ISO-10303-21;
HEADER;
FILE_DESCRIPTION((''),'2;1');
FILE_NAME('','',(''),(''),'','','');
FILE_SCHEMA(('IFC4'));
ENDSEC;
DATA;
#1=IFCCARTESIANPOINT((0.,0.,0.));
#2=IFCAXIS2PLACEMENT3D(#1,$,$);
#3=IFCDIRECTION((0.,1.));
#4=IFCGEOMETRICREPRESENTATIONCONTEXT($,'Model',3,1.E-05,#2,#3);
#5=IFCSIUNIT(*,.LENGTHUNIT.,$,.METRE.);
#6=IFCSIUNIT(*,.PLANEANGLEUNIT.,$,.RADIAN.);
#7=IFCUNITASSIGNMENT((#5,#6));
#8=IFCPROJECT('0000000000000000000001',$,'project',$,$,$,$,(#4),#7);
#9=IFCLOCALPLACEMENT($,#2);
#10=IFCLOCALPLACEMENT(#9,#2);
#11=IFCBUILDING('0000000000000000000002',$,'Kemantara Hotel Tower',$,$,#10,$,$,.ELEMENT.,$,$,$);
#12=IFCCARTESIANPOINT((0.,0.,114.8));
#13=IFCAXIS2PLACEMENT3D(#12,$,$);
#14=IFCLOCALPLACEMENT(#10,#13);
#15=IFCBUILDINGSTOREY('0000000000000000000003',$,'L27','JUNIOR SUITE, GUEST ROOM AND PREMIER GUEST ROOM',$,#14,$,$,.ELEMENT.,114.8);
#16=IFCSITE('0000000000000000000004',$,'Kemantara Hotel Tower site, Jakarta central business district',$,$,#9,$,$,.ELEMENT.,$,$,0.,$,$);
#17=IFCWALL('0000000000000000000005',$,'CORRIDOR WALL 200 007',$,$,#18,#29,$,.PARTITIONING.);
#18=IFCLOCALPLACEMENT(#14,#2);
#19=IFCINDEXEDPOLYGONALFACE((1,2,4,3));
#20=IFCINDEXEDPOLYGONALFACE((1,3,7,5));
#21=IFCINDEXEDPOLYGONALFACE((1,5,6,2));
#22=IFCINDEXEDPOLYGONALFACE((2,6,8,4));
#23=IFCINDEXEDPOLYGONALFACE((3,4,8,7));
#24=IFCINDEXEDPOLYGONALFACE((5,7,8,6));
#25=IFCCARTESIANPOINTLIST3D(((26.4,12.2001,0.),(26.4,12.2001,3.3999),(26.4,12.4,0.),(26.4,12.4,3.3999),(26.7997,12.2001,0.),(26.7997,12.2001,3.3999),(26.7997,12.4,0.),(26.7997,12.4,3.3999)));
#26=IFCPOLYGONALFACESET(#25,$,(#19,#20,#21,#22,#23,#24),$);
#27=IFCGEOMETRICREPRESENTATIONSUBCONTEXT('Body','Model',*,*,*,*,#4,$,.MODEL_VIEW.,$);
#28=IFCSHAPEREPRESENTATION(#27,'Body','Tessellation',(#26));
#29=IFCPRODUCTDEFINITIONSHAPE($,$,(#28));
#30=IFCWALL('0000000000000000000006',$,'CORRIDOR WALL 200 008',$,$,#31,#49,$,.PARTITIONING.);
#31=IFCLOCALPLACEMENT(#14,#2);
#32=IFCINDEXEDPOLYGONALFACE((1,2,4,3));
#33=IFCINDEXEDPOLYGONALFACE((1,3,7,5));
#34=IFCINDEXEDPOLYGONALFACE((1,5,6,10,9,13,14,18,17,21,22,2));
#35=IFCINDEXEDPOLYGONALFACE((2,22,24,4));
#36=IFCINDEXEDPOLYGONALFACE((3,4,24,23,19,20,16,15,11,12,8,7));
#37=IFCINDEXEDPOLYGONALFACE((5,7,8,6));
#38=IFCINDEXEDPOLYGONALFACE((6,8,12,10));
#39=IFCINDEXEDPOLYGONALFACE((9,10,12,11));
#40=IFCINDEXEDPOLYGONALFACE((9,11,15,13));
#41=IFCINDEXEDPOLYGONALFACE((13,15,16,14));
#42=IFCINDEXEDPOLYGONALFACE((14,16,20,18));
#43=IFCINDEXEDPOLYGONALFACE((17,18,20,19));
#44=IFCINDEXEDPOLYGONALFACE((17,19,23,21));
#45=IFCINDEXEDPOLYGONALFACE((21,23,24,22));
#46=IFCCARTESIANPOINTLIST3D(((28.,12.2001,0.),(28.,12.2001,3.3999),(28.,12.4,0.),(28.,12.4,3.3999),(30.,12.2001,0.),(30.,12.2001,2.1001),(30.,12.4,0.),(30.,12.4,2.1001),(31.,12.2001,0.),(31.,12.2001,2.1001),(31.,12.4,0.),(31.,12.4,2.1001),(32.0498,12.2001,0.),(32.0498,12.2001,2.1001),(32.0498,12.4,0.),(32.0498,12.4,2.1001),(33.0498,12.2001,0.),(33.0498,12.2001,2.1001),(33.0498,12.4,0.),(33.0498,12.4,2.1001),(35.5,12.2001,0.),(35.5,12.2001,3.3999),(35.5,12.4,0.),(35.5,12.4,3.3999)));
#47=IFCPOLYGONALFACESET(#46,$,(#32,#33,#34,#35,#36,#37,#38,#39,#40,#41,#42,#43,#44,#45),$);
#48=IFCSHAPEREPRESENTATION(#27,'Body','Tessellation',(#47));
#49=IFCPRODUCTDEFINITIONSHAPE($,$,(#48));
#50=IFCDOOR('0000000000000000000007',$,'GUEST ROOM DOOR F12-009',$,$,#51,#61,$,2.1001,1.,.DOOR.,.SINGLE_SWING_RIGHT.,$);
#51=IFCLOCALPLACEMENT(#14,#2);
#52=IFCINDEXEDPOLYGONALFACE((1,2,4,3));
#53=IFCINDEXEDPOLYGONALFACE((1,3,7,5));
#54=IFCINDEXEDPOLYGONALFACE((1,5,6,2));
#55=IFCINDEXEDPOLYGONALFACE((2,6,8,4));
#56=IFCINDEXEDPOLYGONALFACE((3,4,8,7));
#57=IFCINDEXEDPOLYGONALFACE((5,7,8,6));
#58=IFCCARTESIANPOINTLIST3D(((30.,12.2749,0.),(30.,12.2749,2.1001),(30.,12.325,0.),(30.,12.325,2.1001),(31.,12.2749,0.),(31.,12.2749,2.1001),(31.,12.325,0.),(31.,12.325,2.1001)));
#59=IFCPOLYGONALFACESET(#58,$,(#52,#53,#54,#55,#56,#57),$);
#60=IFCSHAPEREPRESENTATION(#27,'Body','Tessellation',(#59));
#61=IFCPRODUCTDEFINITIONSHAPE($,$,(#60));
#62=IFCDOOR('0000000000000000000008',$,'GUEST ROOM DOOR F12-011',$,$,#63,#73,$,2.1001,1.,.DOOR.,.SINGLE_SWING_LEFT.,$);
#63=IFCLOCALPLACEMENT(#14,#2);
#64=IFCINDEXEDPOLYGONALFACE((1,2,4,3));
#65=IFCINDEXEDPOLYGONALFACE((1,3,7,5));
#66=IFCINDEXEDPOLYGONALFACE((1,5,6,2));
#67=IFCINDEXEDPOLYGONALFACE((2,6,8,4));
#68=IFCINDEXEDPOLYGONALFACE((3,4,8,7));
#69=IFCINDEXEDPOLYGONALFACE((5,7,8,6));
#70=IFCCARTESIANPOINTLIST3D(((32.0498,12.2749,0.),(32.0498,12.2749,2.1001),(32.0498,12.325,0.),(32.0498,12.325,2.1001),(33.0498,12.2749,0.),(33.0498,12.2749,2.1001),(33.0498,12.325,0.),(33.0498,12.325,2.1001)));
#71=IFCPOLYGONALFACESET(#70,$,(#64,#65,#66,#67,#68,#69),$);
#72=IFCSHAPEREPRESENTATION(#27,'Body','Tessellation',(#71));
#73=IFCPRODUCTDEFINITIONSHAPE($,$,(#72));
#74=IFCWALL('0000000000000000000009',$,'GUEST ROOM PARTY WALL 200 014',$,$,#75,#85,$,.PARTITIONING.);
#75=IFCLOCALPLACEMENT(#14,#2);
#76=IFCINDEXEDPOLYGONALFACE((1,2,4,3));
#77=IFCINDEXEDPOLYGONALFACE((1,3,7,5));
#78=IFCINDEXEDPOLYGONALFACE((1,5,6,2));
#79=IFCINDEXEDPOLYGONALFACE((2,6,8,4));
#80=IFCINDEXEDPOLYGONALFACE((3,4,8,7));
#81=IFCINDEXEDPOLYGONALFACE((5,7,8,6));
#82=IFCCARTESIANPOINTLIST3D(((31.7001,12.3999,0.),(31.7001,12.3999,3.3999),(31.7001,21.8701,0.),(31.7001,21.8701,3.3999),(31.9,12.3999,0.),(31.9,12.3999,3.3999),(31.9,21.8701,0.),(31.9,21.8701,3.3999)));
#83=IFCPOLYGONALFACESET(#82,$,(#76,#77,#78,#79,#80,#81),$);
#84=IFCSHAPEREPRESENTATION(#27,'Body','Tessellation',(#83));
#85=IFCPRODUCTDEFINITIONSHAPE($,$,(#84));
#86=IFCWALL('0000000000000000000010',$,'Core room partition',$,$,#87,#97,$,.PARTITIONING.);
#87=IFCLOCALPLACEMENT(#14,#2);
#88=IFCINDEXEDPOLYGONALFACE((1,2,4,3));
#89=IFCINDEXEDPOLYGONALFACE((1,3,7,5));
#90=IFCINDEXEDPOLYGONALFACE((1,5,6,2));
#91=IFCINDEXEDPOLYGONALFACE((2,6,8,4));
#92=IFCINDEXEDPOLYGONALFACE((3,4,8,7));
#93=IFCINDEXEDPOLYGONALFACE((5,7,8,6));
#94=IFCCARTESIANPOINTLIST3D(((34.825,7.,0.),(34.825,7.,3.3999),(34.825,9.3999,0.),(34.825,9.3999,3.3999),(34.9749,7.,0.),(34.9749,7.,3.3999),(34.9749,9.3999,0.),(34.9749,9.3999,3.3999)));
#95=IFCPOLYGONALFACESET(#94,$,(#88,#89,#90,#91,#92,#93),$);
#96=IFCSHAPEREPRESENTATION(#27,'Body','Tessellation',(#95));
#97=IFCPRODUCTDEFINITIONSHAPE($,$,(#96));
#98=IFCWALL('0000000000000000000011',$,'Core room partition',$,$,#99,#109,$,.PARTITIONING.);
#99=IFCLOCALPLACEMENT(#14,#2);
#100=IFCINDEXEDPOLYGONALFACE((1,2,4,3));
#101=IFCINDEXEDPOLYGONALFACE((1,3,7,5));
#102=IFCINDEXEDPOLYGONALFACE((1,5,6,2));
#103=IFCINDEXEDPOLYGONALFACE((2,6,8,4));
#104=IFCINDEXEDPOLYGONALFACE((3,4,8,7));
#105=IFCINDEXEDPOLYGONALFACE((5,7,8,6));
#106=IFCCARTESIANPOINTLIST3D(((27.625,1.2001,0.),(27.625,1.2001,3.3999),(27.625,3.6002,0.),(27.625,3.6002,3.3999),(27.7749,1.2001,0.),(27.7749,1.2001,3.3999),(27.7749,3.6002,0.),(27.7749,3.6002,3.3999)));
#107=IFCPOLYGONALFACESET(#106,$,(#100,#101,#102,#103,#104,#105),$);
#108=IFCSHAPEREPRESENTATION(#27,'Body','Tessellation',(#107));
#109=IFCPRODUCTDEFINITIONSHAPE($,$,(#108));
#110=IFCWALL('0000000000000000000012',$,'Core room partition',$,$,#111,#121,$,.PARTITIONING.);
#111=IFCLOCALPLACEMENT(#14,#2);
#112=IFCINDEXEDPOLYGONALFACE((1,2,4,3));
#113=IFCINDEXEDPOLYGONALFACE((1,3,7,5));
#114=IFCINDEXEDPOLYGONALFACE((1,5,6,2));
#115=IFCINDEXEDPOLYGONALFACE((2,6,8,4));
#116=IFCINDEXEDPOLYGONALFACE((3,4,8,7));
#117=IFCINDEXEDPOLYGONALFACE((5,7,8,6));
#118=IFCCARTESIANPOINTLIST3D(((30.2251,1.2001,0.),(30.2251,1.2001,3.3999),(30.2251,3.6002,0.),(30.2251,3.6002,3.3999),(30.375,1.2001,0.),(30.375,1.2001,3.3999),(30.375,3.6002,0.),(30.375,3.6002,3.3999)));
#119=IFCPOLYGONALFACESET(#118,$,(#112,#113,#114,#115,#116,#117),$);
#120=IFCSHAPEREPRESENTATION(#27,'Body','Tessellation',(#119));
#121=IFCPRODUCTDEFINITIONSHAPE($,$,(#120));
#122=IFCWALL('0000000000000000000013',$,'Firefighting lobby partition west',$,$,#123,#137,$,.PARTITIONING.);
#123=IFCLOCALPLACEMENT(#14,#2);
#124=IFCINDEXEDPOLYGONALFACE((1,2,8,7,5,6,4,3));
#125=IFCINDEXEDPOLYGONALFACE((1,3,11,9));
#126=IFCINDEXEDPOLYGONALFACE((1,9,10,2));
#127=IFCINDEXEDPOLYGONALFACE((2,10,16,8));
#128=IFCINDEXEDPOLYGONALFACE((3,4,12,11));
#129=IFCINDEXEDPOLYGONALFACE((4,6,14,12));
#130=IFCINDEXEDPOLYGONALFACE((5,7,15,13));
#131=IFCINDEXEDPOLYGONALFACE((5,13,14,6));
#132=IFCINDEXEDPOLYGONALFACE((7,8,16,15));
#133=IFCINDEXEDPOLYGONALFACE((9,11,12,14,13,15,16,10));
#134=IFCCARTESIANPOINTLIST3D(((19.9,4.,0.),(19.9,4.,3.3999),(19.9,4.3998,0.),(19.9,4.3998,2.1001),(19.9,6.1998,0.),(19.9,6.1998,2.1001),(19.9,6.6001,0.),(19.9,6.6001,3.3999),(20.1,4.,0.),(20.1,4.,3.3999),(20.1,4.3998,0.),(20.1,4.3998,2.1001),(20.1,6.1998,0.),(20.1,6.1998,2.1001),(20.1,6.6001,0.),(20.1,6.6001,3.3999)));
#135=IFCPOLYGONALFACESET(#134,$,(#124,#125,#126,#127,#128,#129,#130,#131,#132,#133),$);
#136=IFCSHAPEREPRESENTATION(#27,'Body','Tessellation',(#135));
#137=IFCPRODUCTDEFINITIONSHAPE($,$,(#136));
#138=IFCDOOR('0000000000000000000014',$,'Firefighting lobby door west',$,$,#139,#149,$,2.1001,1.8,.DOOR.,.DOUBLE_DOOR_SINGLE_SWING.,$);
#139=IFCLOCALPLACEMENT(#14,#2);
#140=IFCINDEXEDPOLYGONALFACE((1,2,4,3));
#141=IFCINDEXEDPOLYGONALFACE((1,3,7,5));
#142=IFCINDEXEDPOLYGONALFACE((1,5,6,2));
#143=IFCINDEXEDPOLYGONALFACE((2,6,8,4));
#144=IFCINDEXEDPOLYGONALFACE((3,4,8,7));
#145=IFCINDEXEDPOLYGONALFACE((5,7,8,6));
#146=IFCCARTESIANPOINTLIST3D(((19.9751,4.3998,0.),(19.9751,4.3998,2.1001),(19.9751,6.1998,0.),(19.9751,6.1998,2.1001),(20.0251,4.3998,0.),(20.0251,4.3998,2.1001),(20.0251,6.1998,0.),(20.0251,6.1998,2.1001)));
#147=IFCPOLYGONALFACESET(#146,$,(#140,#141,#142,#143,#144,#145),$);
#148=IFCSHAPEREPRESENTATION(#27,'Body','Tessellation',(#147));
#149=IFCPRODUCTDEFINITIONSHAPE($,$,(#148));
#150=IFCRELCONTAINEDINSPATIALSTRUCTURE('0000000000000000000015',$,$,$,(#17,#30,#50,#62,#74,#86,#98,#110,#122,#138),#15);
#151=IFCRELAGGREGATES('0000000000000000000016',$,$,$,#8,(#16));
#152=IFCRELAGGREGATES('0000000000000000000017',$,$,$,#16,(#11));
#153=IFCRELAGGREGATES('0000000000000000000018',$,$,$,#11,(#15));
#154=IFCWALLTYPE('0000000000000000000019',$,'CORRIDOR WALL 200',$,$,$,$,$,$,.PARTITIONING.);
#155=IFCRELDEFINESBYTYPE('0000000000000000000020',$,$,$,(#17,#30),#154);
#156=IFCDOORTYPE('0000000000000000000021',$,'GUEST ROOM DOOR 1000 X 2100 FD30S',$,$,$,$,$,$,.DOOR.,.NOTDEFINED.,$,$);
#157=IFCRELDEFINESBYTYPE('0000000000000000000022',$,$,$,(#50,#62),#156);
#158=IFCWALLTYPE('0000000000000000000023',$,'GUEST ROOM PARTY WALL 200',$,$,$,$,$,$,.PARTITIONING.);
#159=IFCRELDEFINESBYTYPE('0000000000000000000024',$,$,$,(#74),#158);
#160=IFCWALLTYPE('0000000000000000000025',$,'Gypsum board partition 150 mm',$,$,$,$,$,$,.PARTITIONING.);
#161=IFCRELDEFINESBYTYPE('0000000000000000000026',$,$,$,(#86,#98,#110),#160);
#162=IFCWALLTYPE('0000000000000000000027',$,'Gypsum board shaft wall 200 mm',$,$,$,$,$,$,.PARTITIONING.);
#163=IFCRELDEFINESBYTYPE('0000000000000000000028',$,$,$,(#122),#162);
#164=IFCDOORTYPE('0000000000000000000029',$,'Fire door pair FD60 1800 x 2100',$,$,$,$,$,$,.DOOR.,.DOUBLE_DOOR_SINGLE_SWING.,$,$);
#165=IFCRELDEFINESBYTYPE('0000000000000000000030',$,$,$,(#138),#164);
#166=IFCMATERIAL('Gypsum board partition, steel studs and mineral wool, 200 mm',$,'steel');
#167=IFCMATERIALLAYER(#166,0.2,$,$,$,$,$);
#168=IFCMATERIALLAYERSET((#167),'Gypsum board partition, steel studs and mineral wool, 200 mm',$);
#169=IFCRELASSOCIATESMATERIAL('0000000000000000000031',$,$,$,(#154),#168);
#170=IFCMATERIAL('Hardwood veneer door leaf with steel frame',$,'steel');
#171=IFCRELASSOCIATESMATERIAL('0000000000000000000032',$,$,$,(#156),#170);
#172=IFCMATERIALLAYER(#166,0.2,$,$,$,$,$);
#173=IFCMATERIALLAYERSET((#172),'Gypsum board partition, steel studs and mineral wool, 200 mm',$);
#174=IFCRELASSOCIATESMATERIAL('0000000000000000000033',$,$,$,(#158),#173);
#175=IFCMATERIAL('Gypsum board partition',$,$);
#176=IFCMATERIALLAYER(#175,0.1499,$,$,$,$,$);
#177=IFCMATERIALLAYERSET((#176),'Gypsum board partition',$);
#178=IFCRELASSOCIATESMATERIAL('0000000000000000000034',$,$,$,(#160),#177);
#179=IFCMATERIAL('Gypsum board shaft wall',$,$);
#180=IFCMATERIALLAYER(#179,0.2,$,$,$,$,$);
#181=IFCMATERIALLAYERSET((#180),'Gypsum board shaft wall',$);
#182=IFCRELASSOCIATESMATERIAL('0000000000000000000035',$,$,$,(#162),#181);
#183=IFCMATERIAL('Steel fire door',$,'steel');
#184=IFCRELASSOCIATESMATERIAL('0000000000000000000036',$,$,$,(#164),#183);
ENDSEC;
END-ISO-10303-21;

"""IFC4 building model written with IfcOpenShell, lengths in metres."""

from ifc_helpers import new_model, si_unit, direction, frame, frame_2d, origin, place, context, subcontext, project, spatial, rectangle, extrude, material, layer, layer_set, type_object, element, fill, save


model = new_model("IFC4")

# Units and contexts
model_context = context("Model", 3, precision=1e-05, world=origin(), true_north=direction((0.0, 1.0)))
body_context = subcontext(model_context, "Body", "Model", "MODEL_VIEW")
ifc_project = project(units=[si_unit("LENGTHUNIT", "METRE"), si_unit("PLANEANGLEUNIT", "RADIAN")], contexts=[model_context])

# Site, building, storey
site_placement = place(None, origin())
site = spatial("IfcSite", under=ifc_project, at=site_placement, Name="Kemantara Hotel Tower site, Jakarta central business district", CompositionType="ELEMENT", RefElevation=0.0)
building_placement = place(site_placement, origin())
building = spatial("IfcBuilding", under=site, at=building_placement, Name="Kemantara Hotel Tower", CompositionType="ELEMENT")
storey_placement = place(building_placement, frame((0.0, 0.0, 114.8)))
storey = spatial("IfcBuildingStorey", under=building, at=storey_placement, Name="L27", Description="JUNIOR SUITE, GUEST ROOM AND PREMIER GUEST ROOM", CompositionType="ELEMENT", Elevation=114.8)

# Shared definitions
ifc_material_1 = material(Name="Steel fire door", Category="steel")

# Wall
ifc_material_2 = material(Name="Gypsum board partition, steel studs and mineral wool, 200 mm", Category="steel")
ifc_layer_1 = layer(ifc_material_2, 0.2)
ifc_layer_set_1 = layer_set([ifc_layer_1], Name="Gypsum board partition, steel studs and mineral wool, 200 mm")
wall_type_1 = type_object("IfcWallType", Name="CORRIDOR WALL 200", PredefinedType="PARTITIONING", material=ifc_layer_set_1)
wall_1_placement = place(storey_placement, frame((26.4001, 12.3, 0.0), z_axis=(0.0, 0.0, 1.0), x_axis=(1.0, 0.0, 0.0)))
element("IfcWall", 1, at=wall_1_placement, inside=storey, type_object=wall_type_1, Name="CORRIDOR WALL 200 007", PredefinedType="PARTITIONING", context=body_context, shape_type="SweptSolid", body=[
    extrude(rectangle(XDim=0.3997, YDim=0.2, at=frame_2d((0.1997, 0.0))), origin(), (0.0, 0.0, 1.0), 3.3999),
])

# Wall, openings, doors
wall_2_placement = place(storey_placement, frame((28.0, 12.3, 0.0), z_axis=(0.0, 0.0, 1.0), x_axis=(1.0, 0.0, 0.0)))
wall_2 = element("IfcWall", 2, at=wall_2_placement, inside=storey, type_object=wall_type_1, Name="CORRIDOR WALL 200 008", PredefinedType="PARTITIONING", context=body_context, shape_type="SweptSolid", body=[
    extrude(rectangle(XDim=7.5, YDim=0.2, at=frame_2d((3.75, 0.0))), origin(), (0.0, 0.0, 1.0), 3.3999),
])
opening_1_placement = place(wall_2_placement, frame((2.0, 0.0, 0.0)))
opening_1 = element("IfcOpeningElement", 3, at=opening_1_placement, cuts=wall_2, PredefinedType="OPENING", context=body_context, shape_type="SweptSolid", body=[
    extrude(rectangle(XDim=1.0, YDim=2.1001, at=frame_2d((0.5, 1.05))), frame((0.0, 0.1099, 0.0), z_axis=(0.0, -1.0, 0.0), x_axis=(1.0, 0.0, 0.0)), (0.0, 0.0, 1.0), 0.22),
])
opening_2_placement = place(wall_2_placement, frame((4.0498, 0.0, 0.0)))
opening_2 = element("IfcOpeningElement", 4, at=opening_2_placement, cuts=wall_2, PredefinedType="OPENING", context=body_context, shape_type="SweptSolid", body=[
    extrude(rectangle(XDim=1.0, YDim=2.1001, at=frame_2d((0.5, 1.05))), frame((0.0, 0.1099, 0.0), z_axis=(0.0, -1.0, 0.0), x_axis=(1.0, 0.0, 0.0)), (0.0, 0.0, 1.0), 0.22),
])
ifc_material_3 = material(Name="Hardwood veneer door leaf with steel frame", Category="steel")
door_type_1 = type_object("IfcDoorType", Name="GUEST ROOM DOOR 1000 X 2100 FD30S", OperationType="NOTDEFINED", PredefinedType="DOOR", material=ifc_material_3)
door_1_placement = place(opening_1_placement, origin())
door_1 = element("IfcDoor", 5, at=door_1_placement, inside=storey, type_object=door_type_1, Name="GUEST ROOM DOOR F12-009", OperationType="SINGLE_SWING_RIGHT", OverallHeight=2.1001, OverallWidth=1.0, PredefinedType="DOOR", context=body_context, shape_type="SweptSolid", body=[
    extrude(rectangle(XDim=1.0, YDim=2.1001, at=frame_2d((0.5, 1.05))), frame((0.0, 0.0249, 0.0), z_axis=(0.0, -1.0, 0.0), x_axis=(1.0, 0.0, 0.0)), (0.0, 0.0, 1.0), 0.05),
])
fill(opening_1, door_1)
door_2_placement = place(opening_2_placement, origin())
door_2 = element("IfcDoor", 6, at=door_2_placement, inside=storey, type_object=door_type_1, Name="GUEST ROOM DOOR F12-011", OperationType="SINGLE_SWING_LEFT", OverallHeight=2.1001, OverallWidth=1.0, PredefinedType="DOOR", context=body_context, shape_type="SweptSolid", body=[
    extrude(rectangle(XDim=1.0, YDim=2.1001, at=frame_2d((0.5, 1.05))), frame((0.0, 0.0249, 0.0), z_axis=(0.0, -1.0, 0.0), x_axis=(1.0, 0.0, 0.0)), (0.0, 0.0, 1.0), 0.05),
])
fill(opening_2, door_2)

# Walls
ifc_layer_2 = layer(ifc_material_2, 0.2)
ifc_layer_set_2 = layer_set([ifc_layer_2], Name="Gypsum board partition, steel studs and mineral wool, 200 mm")
wall_type_2 = type_object("IfcWallType", Name="GUEST ROOM PARTY WALL 200", PredefinedType="PARTITIONING", material=ifc_layer_set_2)
wall_3_placement = place(storey_placement, frame((31.8, 12.3999, 0.0), z_axis=(0.0, 0.0, 1.0), x_axis=(0.0, 1.0, 0.0)))
element("IfcWall", 7, at=wall_3_placement, inside=storey, type_object=wall_type_2, Name="GUEST ROOM PARTY WALL 200 014", PredefinedType="PARTITIONING", context=body_context, shape_type="SweptSolid", body=[
    extrude(rectangle(XDim=9.4702, YDim=0.2, at=frame_2d((4.7351, 0.0))), origin(), (0.0, 0.0, 1.0), 3.3999),
])
ifc_material_4 = material(Name="Gypsum board partition")
ifc_layer_3 = layer(ifc_material_4, 0.1499)
ifc_layer_set_3 = layer_set([ifc_layer_3], Name="Gypsum board partition")
wall_type_3 = type_object("IfcWallType", Name="Gypsum board partition 150 mm", PredefinedType="PARTITIONING", material=ifc_layer_set_3)
wall_4_placement = place(storey_placement, frame((34.8999, 7.0, 0.0), z_axis=(0.0, 0.0, 1.0), x_axis=(0.0, 1.0, 0.0)))
element("IfcWall", 8, at=wall_4_placement, inside=storey, type_object=wall_type_3, Name="Core room partition", PredefinedType="PARTITIONING", context=body_context, shape_type="SweptSolid", body=[
    extrude(rectangle(XDim=2.3999, YDim=0.1499, at=frame_2d((1.2, 0.0))), origin(), (0.0, 0.0, 1.0), 3.3999),
])
for number, where, z_axis, x_axis, name in (
    (9, (27.7, 1.2, 0.0), (0.0, 0.0, 1.0), (0.0, 1.0, 0.0), "Core room partition"),
    (10, (30.3, 1.2, 0.0), (0.0, 0.0, 1.0), (0.0, 1.0, 0.0), "Core room partition"),
):
    element("IfcWall", number, at=place(storey_placement, frame(where, z_axis=z_axis, x_axis=x_axis)), inside=storey, type_object=wall_type_3, Name=name, PredefinedType="PARTITIONING", context=body_context, shape_type="SweptSolid", body=[
        extrude(rectangle(XDim=2.4001, YDim=0.1499, at=frame_2d((1.2002, 0.0))), origin(), (0.0, 0.0, 1.0), 3.3999),
    ])

# Wall, opening, door
ifc_material_5 = material(Name="Gypsum board shaft wall")
ifc_layer_4 = layer(ifc_material_5, 0.2)
ifc_layer_set_4 = layer_set([ifc_layer_4], Name="Gypsum board shaft wall")
wall_type_4 = type_object("IfcWallType", Name="Gypsum board shaft wall 200 mm", PredefinedType="PARTITIONING", material=ifc_layer_set_4)
wall_5_placement = place(storey_placement, frame((20.0, 4.0, 0.0), z_axis=(0.0, 0.0, 1.0), x_axis=(0.0, 1.0, 0.0)))
wall_5 = element("IfcWall", 11, at=wall_5_placement, inside=storey, type_object=wall_type_4, Name="Firefighting lobby partition west", PredefinedType="PARTITIONING", context=body_context, shape_type="SweptSolid", body=[
    extrude(rectangle(XDim=2.6001, YDim=0.2, at=frame_2d((1.3, 0.0))), origin(), (0.0, 0.0, 1.0), 3.3999),
])
opening_3_placement = place(wall_5_placement, frame((0.3999, 0.0, 0.0)))
opening_3 = element("IfcOpeningElement", 12, at=opening_3_placement, cuts=wall_5, PredefinedType="OPENING", context=body_context, shape_type="SweptSolid", body=[
    extrude(rectangle(XDim=1.8, YDim=2.1001, at=frame_2d((0.8999, 1.05))), frame((0.0, 0.1099, 0.0), z_axis=(0.0, -1.0, 0.0), x_axis=(1.0, 0.0, 0.0)), (0.0, 0.0, 1.0), 0.22),
])
door_type_2 = type_object("IfcDoorType", Name="Fire door pair FD60 1800 x 2100", OperationType="DOUBLE_DOOR_SINGLE_SWING", PredefinedType="DOOR", material=ifc_material_1)
door_3_placement = place(opening_3_placement, origin())
door_3 = element("IfcDoor", 13, at=door_3_placement, inside=storey, type_object=door_type_2, Name="Firefighting lobby door west", OperationType="DOUBLE_DOOR_SINGLE_SWING", OverallHeight=2.1001, OverallWidth=1.8, PredefinedType="DOOR", context=body_context, shape_type="SweptSolid", body=[
    extrude(rectangle(XDim=1.8, YDim=2.1001, at=frame_2d((0.8999, 1.05))), frame((0.0, 0.0249, 0.0), z_axis=(0.0, -1.0, 0.0), x_axis=(1.0, 0.0, 0.0)), (0.0, 0.0, 1.0), 0.05),
])
fill(opening_3, door_3)

save(model, "model.ifc")
